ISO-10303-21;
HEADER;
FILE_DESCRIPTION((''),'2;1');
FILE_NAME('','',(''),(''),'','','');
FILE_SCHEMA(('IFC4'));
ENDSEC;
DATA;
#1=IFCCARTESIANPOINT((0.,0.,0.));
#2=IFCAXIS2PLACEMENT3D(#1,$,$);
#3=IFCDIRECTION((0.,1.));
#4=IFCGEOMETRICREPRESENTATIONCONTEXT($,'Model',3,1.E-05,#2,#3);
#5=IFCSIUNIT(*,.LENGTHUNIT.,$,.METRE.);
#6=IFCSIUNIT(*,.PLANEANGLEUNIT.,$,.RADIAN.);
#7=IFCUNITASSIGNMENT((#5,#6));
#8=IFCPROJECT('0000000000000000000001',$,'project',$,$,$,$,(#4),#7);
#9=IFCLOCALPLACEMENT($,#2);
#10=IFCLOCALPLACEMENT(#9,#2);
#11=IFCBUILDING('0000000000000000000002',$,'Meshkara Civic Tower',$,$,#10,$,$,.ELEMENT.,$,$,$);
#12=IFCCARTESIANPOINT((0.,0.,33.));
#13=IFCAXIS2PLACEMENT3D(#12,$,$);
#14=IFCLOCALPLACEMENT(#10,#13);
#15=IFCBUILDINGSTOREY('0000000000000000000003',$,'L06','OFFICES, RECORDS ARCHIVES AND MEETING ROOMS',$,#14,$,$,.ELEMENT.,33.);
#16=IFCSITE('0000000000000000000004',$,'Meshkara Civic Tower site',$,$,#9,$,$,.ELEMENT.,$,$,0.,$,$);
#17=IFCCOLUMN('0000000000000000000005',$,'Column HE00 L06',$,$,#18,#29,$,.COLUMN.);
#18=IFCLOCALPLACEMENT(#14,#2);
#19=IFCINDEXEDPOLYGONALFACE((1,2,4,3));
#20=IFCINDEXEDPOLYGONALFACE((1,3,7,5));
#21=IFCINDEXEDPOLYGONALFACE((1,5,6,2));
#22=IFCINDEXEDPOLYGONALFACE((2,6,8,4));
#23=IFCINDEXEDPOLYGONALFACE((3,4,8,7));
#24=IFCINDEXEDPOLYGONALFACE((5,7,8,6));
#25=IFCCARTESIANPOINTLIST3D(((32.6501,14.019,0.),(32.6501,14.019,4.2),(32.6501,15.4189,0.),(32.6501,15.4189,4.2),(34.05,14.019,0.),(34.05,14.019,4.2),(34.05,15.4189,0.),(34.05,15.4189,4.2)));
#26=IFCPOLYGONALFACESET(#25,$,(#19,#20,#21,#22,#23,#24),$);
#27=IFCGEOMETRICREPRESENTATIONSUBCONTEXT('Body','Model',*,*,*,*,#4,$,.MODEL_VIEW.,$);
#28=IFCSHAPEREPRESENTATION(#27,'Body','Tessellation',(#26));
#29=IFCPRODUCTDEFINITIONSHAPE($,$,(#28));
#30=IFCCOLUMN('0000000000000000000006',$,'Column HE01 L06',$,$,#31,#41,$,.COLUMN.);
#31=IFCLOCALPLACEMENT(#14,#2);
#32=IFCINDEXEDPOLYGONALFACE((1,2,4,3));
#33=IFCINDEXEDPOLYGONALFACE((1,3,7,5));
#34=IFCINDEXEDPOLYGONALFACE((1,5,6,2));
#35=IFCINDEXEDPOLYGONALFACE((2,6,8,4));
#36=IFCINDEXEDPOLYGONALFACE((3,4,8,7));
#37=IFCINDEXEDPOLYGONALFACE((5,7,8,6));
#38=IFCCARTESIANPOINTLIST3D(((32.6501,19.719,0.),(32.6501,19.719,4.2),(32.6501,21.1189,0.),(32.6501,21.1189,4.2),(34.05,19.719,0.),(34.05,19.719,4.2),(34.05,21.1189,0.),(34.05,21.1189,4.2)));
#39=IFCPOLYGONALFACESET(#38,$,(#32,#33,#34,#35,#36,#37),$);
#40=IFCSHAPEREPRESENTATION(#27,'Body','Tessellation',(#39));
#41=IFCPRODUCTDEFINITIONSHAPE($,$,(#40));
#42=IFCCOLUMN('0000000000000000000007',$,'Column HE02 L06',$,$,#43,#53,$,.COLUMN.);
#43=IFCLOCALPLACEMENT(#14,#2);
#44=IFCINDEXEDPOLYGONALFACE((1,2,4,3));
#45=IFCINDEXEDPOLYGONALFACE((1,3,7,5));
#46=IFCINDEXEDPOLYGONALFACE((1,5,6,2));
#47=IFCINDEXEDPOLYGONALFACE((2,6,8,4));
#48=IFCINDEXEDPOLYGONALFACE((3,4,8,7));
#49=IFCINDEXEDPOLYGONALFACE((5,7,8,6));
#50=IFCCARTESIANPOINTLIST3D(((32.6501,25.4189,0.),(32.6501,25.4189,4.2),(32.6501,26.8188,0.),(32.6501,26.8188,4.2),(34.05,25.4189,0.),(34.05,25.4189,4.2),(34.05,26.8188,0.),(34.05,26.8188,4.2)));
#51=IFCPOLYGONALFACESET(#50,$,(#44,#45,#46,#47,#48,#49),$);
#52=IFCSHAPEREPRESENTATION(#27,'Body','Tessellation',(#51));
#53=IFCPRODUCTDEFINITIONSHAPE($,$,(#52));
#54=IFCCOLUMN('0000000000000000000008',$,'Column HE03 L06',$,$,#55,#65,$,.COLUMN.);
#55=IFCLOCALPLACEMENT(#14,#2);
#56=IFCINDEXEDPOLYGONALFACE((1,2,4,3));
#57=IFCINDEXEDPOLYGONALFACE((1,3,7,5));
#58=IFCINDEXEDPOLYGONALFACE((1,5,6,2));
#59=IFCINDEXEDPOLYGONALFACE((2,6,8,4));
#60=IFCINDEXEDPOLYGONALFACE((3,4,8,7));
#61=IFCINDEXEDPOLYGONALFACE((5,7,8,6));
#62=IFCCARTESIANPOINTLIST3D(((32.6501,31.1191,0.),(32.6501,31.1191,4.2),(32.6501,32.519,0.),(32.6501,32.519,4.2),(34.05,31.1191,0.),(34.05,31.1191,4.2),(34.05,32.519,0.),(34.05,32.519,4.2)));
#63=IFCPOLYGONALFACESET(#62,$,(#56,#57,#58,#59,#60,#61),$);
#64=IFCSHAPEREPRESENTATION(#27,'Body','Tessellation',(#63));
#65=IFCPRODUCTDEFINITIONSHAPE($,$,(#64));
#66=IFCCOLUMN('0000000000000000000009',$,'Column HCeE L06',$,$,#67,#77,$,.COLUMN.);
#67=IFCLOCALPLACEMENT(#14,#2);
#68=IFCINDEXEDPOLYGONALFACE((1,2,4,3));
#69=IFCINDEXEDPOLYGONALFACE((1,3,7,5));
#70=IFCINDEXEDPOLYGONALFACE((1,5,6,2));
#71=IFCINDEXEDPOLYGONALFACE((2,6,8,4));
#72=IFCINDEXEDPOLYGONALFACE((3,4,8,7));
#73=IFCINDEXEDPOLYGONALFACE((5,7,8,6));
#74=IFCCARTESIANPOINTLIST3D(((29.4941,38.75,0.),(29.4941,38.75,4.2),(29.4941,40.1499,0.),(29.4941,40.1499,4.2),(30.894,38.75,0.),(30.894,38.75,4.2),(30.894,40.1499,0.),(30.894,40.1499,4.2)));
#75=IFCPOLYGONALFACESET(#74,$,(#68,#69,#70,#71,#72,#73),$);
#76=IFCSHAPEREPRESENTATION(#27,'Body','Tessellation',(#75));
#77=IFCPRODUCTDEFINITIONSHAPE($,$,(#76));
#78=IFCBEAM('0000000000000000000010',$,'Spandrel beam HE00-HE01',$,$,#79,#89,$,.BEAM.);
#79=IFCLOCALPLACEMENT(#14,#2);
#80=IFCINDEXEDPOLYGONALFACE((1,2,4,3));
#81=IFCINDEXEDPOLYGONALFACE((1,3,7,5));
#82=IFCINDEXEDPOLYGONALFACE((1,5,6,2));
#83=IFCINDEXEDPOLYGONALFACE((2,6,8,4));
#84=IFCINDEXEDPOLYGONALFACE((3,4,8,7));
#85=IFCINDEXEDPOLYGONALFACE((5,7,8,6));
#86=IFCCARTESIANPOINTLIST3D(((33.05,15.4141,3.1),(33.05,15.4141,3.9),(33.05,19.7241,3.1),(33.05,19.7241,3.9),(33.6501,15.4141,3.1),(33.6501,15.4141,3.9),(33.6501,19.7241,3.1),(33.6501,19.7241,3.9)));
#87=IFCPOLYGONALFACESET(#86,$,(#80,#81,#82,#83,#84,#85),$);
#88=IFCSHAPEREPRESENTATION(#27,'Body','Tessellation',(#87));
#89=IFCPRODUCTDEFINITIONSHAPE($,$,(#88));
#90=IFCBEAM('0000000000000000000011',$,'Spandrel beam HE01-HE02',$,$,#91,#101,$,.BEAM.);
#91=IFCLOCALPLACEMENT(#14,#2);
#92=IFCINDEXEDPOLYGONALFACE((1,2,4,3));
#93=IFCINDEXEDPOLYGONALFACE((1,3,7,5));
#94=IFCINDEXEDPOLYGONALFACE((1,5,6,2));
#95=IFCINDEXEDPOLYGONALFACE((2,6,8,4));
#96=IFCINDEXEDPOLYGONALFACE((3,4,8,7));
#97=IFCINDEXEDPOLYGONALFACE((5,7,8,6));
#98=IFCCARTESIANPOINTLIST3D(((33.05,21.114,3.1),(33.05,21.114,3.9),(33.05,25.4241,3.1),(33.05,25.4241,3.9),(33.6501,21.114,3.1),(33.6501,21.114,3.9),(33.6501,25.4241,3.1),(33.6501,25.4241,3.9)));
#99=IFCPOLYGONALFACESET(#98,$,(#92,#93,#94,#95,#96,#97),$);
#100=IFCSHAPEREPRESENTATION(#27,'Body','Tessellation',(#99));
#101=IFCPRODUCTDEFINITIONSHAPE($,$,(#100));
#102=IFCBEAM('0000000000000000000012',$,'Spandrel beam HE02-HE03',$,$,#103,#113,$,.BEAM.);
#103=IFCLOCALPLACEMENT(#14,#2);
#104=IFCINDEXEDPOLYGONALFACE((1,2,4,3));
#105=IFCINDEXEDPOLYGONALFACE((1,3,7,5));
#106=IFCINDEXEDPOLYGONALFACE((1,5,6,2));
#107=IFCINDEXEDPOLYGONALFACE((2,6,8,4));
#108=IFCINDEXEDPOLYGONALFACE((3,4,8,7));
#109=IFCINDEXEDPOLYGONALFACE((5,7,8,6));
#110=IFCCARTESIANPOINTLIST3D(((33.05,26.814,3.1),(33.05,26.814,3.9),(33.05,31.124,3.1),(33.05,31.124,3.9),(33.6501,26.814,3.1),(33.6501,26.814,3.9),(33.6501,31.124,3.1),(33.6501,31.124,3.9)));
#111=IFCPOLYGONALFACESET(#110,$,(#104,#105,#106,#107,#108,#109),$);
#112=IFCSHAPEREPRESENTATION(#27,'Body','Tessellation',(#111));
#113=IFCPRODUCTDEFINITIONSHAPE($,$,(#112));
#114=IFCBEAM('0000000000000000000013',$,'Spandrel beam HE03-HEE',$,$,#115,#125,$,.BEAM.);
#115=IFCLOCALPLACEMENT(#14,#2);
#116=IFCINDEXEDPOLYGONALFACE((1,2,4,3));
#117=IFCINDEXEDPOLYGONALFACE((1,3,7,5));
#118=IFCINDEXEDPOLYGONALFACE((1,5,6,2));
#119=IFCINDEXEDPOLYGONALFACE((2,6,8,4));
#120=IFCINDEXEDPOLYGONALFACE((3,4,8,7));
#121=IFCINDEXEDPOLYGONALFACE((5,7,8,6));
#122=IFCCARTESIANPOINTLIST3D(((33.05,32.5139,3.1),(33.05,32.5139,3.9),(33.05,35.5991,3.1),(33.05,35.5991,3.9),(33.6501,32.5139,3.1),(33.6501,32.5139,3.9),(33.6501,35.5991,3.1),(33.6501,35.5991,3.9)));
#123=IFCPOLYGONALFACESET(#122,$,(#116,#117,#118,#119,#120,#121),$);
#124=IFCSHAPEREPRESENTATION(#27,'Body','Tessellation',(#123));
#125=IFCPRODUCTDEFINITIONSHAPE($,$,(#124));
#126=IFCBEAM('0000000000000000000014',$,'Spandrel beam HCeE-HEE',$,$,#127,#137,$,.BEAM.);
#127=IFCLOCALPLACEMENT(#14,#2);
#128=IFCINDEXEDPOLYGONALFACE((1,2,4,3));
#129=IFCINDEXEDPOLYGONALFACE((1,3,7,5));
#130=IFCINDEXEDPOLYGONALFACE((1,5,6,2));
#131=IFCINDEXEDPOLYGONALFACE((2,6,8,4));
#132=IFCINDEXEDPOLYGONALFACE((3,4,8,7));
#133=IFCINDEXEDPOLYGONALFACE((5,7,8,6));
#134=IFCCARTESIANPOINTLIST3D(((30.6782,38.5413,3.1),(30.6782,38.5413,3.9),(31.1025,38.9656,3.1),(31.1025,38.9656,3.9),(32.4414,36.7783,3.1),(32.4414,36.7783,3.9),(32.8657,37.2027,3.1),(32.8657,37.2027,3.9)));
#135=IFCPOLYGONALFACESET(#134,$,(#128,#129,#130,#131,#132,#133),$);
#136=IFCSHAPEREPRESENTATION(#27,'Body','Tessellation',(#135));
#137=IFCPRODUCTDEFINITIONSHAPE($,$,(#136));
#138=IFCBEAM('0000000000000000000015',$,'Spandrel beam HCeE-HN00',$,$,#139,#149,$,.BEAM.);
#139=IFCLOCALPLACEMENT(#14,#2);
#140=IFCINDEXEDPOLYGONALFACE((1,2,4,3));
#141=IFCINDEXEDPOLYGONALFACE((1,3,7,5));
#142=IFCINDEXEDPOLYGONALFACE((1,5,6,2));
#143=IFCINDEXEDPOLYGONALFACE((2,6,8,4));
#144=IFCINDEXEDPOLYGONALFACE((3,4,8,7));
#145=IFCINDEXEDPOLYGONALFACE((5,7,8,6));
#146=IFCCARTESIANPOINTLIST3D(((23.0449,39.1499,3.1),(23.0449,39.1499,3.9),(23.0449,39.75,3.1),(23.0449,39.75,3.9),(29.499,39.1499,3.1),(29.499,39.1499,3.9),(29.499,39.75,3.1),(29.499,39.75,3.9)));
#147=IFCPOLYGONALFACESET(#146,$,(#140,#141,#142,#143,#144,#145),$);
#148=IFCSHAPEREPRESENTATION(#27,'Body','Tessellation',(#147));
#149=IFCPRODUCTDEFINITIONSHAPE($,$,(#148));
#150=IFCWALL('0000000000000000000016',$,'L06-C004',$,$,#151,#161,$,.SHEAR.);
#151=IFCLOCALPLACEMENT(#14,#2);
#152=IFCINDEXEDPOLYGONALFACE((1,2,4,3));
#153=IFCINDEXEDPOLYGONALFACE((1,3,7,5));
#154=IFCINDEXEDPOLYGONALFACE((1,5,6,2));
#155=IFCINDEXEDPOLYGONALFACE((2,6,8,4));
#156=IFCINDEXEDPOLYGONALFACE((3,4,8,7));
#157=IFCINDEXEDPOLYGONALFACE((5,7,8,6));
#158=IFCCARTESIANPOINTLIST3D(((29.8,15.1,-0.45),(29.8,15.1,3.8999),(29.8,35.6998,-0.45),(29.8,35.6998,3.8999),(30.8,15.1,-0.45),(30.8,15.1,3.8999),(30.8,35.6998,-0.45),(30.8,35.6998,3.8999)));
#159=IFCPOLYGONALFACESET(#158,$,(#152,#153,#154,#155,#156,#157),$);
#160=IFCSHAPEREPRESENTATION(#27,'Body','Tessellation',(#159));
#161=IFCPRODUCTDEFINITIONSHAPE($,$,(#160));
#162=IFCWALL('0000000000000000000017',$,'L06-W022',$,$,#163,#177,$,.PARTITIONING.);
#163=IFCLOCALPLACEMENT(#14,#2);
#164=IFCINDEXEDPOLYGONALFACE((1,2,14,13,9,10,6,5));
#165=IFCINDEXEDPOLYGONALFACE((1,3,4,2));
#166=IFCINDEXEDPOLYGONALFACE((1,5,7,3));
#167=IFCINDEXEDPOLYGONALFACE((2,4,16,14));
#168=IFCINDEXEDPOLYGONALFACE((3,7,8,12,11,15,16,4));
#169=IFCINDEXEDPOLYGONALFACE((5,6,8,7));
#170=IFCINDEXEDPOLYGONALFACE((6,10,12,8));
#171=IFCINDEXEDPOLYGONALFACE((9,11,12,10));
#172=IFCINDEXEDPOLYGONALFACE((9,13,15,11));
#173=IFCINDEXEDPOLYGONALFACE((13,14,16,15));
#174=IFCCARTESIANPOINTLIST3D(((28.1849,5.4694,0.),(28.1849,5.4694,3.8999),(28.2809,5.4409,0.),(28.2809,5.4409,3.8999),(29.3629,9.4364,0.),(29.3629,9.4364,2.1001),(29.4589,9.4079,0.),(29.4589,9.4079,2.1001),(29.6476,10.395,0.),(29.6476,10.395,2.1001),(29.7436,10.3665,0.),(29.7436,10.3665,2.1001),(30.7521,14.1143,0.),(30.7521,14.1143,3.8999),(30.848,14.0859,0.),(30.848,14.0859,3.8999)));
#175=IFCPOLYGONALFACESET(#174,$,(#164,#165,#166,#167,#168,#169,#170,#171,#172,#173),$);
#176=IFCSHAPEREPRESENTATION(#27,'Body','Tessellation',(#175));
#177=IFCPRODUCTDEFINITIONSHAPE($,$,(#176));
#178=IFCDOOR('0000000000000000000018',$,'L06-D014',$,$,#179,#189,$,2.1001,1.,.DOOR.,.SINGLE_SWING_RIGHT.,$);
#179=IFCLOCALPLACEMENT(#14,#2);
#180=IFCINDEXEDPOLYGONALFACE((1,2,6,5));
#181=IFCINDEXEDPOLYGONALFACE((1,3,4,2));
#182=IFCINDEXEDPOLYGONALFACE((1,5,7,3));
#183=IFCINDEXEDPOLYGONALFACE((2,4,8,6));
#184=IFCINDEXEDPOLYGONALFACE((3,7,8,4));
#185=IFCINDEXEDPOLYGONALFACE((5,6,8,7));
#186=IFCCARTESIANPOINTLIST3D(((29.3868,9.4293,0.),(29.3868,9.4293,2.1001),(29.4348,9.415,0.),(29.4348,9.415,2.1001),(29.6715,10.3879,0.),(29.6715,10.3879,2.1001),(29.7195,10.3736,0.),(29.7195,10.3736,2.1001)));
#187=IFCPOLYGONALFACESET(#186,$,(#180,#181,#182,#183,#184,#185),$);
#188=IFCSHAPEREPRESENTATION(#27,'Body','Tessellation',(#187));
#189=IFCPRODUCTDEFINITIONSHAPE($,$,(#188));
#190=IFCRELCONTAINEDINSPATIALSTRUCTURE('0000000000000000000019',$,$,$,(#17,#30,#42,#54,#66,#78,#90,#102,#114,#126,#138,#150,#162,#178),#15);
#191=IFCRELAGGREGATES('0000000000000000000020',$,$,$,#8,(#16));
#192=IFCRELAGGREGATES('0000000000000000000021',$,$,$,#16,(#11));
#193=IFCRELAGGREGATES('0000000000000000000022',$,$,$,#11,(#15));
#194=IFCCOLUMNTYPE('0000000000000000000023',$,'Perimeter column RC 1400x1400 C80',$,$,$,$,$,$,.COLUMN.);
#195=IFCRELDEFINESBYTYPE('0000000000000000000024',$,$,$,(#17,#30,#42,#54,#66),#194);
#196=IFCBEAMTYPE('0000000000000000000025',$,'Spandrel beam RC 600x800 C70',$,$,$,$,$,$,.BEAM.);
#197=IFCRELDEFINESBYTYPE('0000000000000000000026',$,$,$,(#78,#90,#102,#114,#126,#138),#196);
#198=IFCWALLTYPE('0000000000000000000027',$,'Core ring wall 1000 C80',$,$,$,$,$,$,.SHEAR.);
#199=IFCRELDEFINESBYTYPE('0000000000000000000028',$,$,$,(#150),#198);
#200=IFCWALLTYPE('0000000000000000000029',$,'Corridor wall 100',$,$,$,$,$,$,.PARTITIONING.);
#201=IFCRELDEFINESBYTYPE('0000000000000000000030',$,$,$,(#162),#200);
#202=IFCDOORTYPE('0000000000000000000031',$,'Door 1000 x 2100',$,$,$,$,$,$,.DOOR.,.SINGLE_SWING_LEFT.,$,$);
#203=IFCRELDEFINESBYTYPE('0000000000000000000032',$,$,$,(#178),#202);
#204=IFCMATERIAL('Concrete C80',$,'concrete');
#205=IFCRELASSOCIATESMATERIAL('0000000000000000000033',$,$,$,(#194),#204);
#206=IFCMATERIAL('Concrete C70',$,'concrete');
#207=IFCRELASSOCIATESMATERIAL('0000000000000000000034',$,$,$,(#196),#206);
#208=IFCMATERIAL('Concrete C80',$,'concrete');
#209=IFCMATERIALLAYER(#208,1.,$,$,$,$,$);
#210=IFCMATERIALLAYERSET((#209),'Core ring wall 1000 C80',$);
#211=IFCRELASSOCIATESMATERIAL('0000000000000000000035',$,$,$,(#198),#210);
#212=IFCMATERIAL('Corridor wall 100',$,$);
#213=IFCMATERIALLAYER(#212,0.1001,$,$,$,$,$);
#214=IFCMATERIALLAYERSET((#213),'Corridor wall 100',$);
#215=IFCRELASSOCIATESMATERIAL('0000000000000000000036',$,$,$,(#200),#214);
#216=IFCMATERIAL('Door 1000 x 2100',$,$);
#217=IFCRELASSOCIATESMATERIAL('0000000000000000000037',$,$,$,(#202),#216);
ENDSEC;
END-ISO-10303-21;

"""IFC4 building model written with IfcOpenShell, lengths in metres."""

from ifc_helpers import new_model, si_unit, direction, frame, frame_2d, origin, origin_2d, place, context, subcontext, project, spatial, rectangle, extrude, material, layer, layer_set, material_profile, profile_set, type_object, element, fill, save


model = new_model("IFC4")

# Units and contexts
model_context = context("Model", 3, precision=1e-05, world=origin(), true_north=direction((0.0, 1.0)))
body_context = subcontext(model_context, "Body", "Model", "MODEL_VIEW")
ifc_project = project(units=[si_unit("LENGTHUNIT", "METRE"), si_unit("PLANEANGLEUNIT", "RADIAN")], contexts=[model_context])

# Site, building, storey
site_placement = place(None, origin())
site = spatial("IfcSite", under=ifc_project, at=site_placement, Name="Meshkara Civic Tower site", CompositionType="ELEMENT", RefElevation=0.0)
building_placement = place(site_placement, origin())
building = spatial("IfcBuilding", under=site, at=building_placement, Name="Meshkara Civic Tower", CompositionType="ELEMENT")
storey_placement = place(building_placement, frame((0.0, 0.0, 33.0)))
storey = spatial("IfcBuildingStorey", under=building, at=storey_placement, Name="L06", Description="OFFICES, RECORDS ARCHIVES AND MEETING ROOMS", CompositionType="ELEMENT", Elevation=33.0)

# Columns
ifc_material_1 = material(Name="Concrete C80", Category="concrete")
ifc_material_profile_1 = material_profile(ifc_material_1, rectangle(XDim=1.3999, YDim=1.3999, at=origin_2d()))
ifc_profile_set_1 = profile_set([ifc_material_profile_1], Name="Concrete C80")
column_type = type_object("IfcColumnType", Name="Perimeter column RC 1400x1400 C80", PredefinedType="COLUMN", material=ifc_profile_set_1)
for number, where, z_axis, x_axis, name in (
    (1, (33.3501, 14.719, 0.0), (0.0, 0.0, 1.0), (1.0, 0.0, 0.0), "Column HE00 L06"),
    (2, (33.3501, 20.4189, 0.0), (0.0, 0.0, 1.0), (1.0, 0.0, 0.0), "Column HE01 L06"),
    (3, (33.3501, 26.1189, 0.0), (0.0, 0.0, 1.0), (1.0, 0.0, 0.0), "Column HE02 L06"),
    (4, (33.3501, 31.8191, 0.0), (0.0, 0.0, 1.0), (1.0, 0.0, 0.0), "Column HE03 L06"),
    (5, (30.1941, 39.45, 0.0), (0.0, 0.0, 1.0), (1.0, 0.0, 0.0), "Column HCeE L06"),
):
    element("IfcColumn", number, at=place(storey_placement, frame(where, z_axis=z_axis, x_axis=x_axis)), inside=storey, type_object=column_type, Name=name, PredefinedType="COLUMN", context=body_context, shape_type="SweptSolid", body=[
        extrude(rectangle(XDim=1.3999, YDim=1.3999, at=origin_2d()), origin(), (0.0, 0.0, 1.0), 4.2),
    ])

# Beams
ifc_material_2 = material(Name="Concrete C70", Category="concrete")
ifc_material_profile_2 = material_profile(ifc_material_2, rectangle(XDim=0.6001, YDim=0.8, at=origin_2d()))
ifc_profile_set_2 = profile_set([ifc_material_profile_2], Name="Concrete C70")
beam_type = type_object("IfcBeamType", Name="Spandrel beam RC 600x800 C70", PredefinedType="BEAM", material=ifc_profile_set_2)
for number, where, z_axis, x_axis, name in (
    (6, (33.3501, 15.4141, 3.5), (0.0, 1.0, 0.0), (-1.0, 0.0, 0.0), "Spandrel beam HE00-HE01"),
    (7, (33.3501, 21.114, 3.5), (0.0, 1.0, 0.0), (-1.0, 0.0, 0.0), "Spandrel beam HE01-HE02"),
    (8, (33.3501, 26.814, 3.5), (0.0, 1.0, 0.0), (-1.0, 0.0, 0.0), "Spandrel beam HE02-HE03"),
):
    element("IfcBeam", number, at=place(storey_placement, frame(where, z_axis=z_axis, x_axis=x_axis)), inside=storey, type_object=beam_type, Name=name, PredefinedType="BEAM", context=body_context, shape_type="SweptSolid", body=[
        extrude(rectangle(XDim=0.6001, YDim=0.8, at=origin_2d()), origin(), (0.0, 0.0, 1.0), 4.3101),
    ])
beam_1_placement = place(storey_placement, frame((33.3501, 32.5139, 3.5), z_axis=(0.0, 1.0, 0.0), x_axis=(-1.0, 0.0, 0.0)))
element("IfcBeam", 9, at=beam_1_placement, inside=storey, type_object=beam_type, Name="Spandrel beam HE03-HEE", PredefinedType="BEAM", context=body_context, shape_type="SweptSolid", body=[
    extrude(rectangle(XDim=0.6001, YDim=0.8, at=origin_2d()), origin(), (0.0, 0.0, 1.0), 3.0852),
])
beam_2_placement = place(storey_placement, frame((32.6536, 36.9905, 3.5), z_axis=(-0.707156, 0.707058, 0.0), x_axis=(-0.707058, -0.707156, 0.0)))
element("IfcBeam", 10, at=beam_2_placement, inside=storey, type_object=beam_type, Name="Spandrel beam HCeE-HEE", PredefinedType="BEAM", context=body_context, shape_type="SweptSolid", body=[
    extrude(rectangle(XDim=0.6001, YDim=0.8, at=origin_2d()), origin(), (0.0, 0.0, 1.0), 2.4934),
])
beam_3_placement = place(storey_placement, frame((29.499, 39.45, 3.5), z_axis=(-1.0, 0.0, 0.0), x_axis=(0.0, -1.0, 0.0)))
element("IfcBeam", 11, at=beam_3_placement, inside=storey, type_object=beam_type, Name="Spandrel beam HCeE-HN00", PredefinedType="BEAM", context=body_context, shape_type="SweptSolid", body=[
    extrude(rectangle(XDim=0.6001, YDim=0.8, at=origin_2d()), origin(), (0.0, 0.0, 1.0), 6.4541),
])

# Wall
ifc_material_3 = material(Name="Concrete C80", Category="concrete")
ifc_layer_1 = layer(ifc_material_3, 1.0)
ifc_layer_set_1 = layer_set([ifc_layer_1], Name="Core ring wall 1000 C80")
wall_type_1 = type_object("IfcWallType", Name="Core ring wall 1000 C80", PredefinedType="SHEAR", material=ifc_layer_set_1)
wall_1_placement = place(storey_placement, frame((30.3, 15.1001, -0.45), z_axis=(0.0, 0.0, 1.0), x_axis=(0.0, 1.0, 0.0)))
element("IfcWall", 12, at=wall_1_placement, inside=storey, type_object=wall_type_1, Name="L06-C004", PredefinedType="SHEAR", context=body_context, shape_type="SweptSolid", body=[
    extrude(rectangle(XDim=20.5999, YDim=1.0, at=frame_2d((10.2998, 0.0))), origin(), (0.0, 0.0, 1.0), 4.3499),
])

# Wall, opening, door
ifc_material_4 = material(Name="Corridor wall 100")
ifc_layer_2 = layer(ifc_material_4, 0.1001)
ifc_layer_set_2 = layer_set([ifc_layer_2], Name="Corridor wall 100")
wall_type_2 = type_object("IfcWallType", Name="Corridor wall 100", PredefinedType="PARTITIONING", material=ifc_layer_set_2)
wall_2_placement = place(storey_placement, frame((30.8, 14.1001, 0.0), z_axis=(0.0, 0.0, 1.0), x_axis=(-0.284664, -0.958627, 0.0)))
wall_2 = element("IfcWall", 13, at=wall_2_placement, inside=storey, type_object=wall_type_2, Name="L06-W022", PredefinedType="PARTITIONING", context=body_context, shape_type="SweptSolid", body=[
    extrude(rectangle(XDim=9.0181, YDim=0.1001, at=frame_2d((4.509, 0.0))), origin(), (0.0, 0.0, 1.0), 3.8999),
])
opening_1_placement = place(wall_2_placement, frame((3.8799, 0.0, 0.0)))
opening_1 = element("IfcOpeningElement", 14, at=opening_1_placement, cuts=wall_2, PredefinedType="OPENING", context=body_context, shape_type="SweptSolid", body=[
    extrude(rectangle(XDim=1.0, YDim=2.1001, at=frame_2d((0.5, 1.05))), frame((0.0, 0.0601, 0.0), z_axis=(0.0, -1.0, 0.0), x_axis=(1.0, 0.0, 0.0)), (0.0, 0.0, 1.0), 0.1201),
])
ifc_material_5 = material(Name="Door 1000 x 2100")
door_type = type_object("IfcDoorType", Name="Door 1000 x 2100", OperationType="SINGLE_SWING_LEFT", PredefinedType="DOOR", material=ifc_material_5)
door_placement = place(opening_1_placement, origin())
door = element("IfcDoor", 15, at=door_placement, inside=storey, type_object=door_type, Name="L06-D014", OperationType="SINGLE_SWING_RIGHT", OverallHeight=2.1001, OverallWidth=1.0, PredefinedType="DOOR", context=body_context, shape_type="SweptSolid", body=[
    extrude(rectangle(XDim=1.0, YDim=2.1001, at=frame_2d((0.5, 1.05))), frame((0.0, 0.0249, 0.0), z_axis=(0.0, -1.0, 0.0), x_axis=(1.0, 0.0, 0.0)), (0.0, 0.0, 1.0), 0.05),
])
fill(opening_1, door)

save(model, "model.ifc")
